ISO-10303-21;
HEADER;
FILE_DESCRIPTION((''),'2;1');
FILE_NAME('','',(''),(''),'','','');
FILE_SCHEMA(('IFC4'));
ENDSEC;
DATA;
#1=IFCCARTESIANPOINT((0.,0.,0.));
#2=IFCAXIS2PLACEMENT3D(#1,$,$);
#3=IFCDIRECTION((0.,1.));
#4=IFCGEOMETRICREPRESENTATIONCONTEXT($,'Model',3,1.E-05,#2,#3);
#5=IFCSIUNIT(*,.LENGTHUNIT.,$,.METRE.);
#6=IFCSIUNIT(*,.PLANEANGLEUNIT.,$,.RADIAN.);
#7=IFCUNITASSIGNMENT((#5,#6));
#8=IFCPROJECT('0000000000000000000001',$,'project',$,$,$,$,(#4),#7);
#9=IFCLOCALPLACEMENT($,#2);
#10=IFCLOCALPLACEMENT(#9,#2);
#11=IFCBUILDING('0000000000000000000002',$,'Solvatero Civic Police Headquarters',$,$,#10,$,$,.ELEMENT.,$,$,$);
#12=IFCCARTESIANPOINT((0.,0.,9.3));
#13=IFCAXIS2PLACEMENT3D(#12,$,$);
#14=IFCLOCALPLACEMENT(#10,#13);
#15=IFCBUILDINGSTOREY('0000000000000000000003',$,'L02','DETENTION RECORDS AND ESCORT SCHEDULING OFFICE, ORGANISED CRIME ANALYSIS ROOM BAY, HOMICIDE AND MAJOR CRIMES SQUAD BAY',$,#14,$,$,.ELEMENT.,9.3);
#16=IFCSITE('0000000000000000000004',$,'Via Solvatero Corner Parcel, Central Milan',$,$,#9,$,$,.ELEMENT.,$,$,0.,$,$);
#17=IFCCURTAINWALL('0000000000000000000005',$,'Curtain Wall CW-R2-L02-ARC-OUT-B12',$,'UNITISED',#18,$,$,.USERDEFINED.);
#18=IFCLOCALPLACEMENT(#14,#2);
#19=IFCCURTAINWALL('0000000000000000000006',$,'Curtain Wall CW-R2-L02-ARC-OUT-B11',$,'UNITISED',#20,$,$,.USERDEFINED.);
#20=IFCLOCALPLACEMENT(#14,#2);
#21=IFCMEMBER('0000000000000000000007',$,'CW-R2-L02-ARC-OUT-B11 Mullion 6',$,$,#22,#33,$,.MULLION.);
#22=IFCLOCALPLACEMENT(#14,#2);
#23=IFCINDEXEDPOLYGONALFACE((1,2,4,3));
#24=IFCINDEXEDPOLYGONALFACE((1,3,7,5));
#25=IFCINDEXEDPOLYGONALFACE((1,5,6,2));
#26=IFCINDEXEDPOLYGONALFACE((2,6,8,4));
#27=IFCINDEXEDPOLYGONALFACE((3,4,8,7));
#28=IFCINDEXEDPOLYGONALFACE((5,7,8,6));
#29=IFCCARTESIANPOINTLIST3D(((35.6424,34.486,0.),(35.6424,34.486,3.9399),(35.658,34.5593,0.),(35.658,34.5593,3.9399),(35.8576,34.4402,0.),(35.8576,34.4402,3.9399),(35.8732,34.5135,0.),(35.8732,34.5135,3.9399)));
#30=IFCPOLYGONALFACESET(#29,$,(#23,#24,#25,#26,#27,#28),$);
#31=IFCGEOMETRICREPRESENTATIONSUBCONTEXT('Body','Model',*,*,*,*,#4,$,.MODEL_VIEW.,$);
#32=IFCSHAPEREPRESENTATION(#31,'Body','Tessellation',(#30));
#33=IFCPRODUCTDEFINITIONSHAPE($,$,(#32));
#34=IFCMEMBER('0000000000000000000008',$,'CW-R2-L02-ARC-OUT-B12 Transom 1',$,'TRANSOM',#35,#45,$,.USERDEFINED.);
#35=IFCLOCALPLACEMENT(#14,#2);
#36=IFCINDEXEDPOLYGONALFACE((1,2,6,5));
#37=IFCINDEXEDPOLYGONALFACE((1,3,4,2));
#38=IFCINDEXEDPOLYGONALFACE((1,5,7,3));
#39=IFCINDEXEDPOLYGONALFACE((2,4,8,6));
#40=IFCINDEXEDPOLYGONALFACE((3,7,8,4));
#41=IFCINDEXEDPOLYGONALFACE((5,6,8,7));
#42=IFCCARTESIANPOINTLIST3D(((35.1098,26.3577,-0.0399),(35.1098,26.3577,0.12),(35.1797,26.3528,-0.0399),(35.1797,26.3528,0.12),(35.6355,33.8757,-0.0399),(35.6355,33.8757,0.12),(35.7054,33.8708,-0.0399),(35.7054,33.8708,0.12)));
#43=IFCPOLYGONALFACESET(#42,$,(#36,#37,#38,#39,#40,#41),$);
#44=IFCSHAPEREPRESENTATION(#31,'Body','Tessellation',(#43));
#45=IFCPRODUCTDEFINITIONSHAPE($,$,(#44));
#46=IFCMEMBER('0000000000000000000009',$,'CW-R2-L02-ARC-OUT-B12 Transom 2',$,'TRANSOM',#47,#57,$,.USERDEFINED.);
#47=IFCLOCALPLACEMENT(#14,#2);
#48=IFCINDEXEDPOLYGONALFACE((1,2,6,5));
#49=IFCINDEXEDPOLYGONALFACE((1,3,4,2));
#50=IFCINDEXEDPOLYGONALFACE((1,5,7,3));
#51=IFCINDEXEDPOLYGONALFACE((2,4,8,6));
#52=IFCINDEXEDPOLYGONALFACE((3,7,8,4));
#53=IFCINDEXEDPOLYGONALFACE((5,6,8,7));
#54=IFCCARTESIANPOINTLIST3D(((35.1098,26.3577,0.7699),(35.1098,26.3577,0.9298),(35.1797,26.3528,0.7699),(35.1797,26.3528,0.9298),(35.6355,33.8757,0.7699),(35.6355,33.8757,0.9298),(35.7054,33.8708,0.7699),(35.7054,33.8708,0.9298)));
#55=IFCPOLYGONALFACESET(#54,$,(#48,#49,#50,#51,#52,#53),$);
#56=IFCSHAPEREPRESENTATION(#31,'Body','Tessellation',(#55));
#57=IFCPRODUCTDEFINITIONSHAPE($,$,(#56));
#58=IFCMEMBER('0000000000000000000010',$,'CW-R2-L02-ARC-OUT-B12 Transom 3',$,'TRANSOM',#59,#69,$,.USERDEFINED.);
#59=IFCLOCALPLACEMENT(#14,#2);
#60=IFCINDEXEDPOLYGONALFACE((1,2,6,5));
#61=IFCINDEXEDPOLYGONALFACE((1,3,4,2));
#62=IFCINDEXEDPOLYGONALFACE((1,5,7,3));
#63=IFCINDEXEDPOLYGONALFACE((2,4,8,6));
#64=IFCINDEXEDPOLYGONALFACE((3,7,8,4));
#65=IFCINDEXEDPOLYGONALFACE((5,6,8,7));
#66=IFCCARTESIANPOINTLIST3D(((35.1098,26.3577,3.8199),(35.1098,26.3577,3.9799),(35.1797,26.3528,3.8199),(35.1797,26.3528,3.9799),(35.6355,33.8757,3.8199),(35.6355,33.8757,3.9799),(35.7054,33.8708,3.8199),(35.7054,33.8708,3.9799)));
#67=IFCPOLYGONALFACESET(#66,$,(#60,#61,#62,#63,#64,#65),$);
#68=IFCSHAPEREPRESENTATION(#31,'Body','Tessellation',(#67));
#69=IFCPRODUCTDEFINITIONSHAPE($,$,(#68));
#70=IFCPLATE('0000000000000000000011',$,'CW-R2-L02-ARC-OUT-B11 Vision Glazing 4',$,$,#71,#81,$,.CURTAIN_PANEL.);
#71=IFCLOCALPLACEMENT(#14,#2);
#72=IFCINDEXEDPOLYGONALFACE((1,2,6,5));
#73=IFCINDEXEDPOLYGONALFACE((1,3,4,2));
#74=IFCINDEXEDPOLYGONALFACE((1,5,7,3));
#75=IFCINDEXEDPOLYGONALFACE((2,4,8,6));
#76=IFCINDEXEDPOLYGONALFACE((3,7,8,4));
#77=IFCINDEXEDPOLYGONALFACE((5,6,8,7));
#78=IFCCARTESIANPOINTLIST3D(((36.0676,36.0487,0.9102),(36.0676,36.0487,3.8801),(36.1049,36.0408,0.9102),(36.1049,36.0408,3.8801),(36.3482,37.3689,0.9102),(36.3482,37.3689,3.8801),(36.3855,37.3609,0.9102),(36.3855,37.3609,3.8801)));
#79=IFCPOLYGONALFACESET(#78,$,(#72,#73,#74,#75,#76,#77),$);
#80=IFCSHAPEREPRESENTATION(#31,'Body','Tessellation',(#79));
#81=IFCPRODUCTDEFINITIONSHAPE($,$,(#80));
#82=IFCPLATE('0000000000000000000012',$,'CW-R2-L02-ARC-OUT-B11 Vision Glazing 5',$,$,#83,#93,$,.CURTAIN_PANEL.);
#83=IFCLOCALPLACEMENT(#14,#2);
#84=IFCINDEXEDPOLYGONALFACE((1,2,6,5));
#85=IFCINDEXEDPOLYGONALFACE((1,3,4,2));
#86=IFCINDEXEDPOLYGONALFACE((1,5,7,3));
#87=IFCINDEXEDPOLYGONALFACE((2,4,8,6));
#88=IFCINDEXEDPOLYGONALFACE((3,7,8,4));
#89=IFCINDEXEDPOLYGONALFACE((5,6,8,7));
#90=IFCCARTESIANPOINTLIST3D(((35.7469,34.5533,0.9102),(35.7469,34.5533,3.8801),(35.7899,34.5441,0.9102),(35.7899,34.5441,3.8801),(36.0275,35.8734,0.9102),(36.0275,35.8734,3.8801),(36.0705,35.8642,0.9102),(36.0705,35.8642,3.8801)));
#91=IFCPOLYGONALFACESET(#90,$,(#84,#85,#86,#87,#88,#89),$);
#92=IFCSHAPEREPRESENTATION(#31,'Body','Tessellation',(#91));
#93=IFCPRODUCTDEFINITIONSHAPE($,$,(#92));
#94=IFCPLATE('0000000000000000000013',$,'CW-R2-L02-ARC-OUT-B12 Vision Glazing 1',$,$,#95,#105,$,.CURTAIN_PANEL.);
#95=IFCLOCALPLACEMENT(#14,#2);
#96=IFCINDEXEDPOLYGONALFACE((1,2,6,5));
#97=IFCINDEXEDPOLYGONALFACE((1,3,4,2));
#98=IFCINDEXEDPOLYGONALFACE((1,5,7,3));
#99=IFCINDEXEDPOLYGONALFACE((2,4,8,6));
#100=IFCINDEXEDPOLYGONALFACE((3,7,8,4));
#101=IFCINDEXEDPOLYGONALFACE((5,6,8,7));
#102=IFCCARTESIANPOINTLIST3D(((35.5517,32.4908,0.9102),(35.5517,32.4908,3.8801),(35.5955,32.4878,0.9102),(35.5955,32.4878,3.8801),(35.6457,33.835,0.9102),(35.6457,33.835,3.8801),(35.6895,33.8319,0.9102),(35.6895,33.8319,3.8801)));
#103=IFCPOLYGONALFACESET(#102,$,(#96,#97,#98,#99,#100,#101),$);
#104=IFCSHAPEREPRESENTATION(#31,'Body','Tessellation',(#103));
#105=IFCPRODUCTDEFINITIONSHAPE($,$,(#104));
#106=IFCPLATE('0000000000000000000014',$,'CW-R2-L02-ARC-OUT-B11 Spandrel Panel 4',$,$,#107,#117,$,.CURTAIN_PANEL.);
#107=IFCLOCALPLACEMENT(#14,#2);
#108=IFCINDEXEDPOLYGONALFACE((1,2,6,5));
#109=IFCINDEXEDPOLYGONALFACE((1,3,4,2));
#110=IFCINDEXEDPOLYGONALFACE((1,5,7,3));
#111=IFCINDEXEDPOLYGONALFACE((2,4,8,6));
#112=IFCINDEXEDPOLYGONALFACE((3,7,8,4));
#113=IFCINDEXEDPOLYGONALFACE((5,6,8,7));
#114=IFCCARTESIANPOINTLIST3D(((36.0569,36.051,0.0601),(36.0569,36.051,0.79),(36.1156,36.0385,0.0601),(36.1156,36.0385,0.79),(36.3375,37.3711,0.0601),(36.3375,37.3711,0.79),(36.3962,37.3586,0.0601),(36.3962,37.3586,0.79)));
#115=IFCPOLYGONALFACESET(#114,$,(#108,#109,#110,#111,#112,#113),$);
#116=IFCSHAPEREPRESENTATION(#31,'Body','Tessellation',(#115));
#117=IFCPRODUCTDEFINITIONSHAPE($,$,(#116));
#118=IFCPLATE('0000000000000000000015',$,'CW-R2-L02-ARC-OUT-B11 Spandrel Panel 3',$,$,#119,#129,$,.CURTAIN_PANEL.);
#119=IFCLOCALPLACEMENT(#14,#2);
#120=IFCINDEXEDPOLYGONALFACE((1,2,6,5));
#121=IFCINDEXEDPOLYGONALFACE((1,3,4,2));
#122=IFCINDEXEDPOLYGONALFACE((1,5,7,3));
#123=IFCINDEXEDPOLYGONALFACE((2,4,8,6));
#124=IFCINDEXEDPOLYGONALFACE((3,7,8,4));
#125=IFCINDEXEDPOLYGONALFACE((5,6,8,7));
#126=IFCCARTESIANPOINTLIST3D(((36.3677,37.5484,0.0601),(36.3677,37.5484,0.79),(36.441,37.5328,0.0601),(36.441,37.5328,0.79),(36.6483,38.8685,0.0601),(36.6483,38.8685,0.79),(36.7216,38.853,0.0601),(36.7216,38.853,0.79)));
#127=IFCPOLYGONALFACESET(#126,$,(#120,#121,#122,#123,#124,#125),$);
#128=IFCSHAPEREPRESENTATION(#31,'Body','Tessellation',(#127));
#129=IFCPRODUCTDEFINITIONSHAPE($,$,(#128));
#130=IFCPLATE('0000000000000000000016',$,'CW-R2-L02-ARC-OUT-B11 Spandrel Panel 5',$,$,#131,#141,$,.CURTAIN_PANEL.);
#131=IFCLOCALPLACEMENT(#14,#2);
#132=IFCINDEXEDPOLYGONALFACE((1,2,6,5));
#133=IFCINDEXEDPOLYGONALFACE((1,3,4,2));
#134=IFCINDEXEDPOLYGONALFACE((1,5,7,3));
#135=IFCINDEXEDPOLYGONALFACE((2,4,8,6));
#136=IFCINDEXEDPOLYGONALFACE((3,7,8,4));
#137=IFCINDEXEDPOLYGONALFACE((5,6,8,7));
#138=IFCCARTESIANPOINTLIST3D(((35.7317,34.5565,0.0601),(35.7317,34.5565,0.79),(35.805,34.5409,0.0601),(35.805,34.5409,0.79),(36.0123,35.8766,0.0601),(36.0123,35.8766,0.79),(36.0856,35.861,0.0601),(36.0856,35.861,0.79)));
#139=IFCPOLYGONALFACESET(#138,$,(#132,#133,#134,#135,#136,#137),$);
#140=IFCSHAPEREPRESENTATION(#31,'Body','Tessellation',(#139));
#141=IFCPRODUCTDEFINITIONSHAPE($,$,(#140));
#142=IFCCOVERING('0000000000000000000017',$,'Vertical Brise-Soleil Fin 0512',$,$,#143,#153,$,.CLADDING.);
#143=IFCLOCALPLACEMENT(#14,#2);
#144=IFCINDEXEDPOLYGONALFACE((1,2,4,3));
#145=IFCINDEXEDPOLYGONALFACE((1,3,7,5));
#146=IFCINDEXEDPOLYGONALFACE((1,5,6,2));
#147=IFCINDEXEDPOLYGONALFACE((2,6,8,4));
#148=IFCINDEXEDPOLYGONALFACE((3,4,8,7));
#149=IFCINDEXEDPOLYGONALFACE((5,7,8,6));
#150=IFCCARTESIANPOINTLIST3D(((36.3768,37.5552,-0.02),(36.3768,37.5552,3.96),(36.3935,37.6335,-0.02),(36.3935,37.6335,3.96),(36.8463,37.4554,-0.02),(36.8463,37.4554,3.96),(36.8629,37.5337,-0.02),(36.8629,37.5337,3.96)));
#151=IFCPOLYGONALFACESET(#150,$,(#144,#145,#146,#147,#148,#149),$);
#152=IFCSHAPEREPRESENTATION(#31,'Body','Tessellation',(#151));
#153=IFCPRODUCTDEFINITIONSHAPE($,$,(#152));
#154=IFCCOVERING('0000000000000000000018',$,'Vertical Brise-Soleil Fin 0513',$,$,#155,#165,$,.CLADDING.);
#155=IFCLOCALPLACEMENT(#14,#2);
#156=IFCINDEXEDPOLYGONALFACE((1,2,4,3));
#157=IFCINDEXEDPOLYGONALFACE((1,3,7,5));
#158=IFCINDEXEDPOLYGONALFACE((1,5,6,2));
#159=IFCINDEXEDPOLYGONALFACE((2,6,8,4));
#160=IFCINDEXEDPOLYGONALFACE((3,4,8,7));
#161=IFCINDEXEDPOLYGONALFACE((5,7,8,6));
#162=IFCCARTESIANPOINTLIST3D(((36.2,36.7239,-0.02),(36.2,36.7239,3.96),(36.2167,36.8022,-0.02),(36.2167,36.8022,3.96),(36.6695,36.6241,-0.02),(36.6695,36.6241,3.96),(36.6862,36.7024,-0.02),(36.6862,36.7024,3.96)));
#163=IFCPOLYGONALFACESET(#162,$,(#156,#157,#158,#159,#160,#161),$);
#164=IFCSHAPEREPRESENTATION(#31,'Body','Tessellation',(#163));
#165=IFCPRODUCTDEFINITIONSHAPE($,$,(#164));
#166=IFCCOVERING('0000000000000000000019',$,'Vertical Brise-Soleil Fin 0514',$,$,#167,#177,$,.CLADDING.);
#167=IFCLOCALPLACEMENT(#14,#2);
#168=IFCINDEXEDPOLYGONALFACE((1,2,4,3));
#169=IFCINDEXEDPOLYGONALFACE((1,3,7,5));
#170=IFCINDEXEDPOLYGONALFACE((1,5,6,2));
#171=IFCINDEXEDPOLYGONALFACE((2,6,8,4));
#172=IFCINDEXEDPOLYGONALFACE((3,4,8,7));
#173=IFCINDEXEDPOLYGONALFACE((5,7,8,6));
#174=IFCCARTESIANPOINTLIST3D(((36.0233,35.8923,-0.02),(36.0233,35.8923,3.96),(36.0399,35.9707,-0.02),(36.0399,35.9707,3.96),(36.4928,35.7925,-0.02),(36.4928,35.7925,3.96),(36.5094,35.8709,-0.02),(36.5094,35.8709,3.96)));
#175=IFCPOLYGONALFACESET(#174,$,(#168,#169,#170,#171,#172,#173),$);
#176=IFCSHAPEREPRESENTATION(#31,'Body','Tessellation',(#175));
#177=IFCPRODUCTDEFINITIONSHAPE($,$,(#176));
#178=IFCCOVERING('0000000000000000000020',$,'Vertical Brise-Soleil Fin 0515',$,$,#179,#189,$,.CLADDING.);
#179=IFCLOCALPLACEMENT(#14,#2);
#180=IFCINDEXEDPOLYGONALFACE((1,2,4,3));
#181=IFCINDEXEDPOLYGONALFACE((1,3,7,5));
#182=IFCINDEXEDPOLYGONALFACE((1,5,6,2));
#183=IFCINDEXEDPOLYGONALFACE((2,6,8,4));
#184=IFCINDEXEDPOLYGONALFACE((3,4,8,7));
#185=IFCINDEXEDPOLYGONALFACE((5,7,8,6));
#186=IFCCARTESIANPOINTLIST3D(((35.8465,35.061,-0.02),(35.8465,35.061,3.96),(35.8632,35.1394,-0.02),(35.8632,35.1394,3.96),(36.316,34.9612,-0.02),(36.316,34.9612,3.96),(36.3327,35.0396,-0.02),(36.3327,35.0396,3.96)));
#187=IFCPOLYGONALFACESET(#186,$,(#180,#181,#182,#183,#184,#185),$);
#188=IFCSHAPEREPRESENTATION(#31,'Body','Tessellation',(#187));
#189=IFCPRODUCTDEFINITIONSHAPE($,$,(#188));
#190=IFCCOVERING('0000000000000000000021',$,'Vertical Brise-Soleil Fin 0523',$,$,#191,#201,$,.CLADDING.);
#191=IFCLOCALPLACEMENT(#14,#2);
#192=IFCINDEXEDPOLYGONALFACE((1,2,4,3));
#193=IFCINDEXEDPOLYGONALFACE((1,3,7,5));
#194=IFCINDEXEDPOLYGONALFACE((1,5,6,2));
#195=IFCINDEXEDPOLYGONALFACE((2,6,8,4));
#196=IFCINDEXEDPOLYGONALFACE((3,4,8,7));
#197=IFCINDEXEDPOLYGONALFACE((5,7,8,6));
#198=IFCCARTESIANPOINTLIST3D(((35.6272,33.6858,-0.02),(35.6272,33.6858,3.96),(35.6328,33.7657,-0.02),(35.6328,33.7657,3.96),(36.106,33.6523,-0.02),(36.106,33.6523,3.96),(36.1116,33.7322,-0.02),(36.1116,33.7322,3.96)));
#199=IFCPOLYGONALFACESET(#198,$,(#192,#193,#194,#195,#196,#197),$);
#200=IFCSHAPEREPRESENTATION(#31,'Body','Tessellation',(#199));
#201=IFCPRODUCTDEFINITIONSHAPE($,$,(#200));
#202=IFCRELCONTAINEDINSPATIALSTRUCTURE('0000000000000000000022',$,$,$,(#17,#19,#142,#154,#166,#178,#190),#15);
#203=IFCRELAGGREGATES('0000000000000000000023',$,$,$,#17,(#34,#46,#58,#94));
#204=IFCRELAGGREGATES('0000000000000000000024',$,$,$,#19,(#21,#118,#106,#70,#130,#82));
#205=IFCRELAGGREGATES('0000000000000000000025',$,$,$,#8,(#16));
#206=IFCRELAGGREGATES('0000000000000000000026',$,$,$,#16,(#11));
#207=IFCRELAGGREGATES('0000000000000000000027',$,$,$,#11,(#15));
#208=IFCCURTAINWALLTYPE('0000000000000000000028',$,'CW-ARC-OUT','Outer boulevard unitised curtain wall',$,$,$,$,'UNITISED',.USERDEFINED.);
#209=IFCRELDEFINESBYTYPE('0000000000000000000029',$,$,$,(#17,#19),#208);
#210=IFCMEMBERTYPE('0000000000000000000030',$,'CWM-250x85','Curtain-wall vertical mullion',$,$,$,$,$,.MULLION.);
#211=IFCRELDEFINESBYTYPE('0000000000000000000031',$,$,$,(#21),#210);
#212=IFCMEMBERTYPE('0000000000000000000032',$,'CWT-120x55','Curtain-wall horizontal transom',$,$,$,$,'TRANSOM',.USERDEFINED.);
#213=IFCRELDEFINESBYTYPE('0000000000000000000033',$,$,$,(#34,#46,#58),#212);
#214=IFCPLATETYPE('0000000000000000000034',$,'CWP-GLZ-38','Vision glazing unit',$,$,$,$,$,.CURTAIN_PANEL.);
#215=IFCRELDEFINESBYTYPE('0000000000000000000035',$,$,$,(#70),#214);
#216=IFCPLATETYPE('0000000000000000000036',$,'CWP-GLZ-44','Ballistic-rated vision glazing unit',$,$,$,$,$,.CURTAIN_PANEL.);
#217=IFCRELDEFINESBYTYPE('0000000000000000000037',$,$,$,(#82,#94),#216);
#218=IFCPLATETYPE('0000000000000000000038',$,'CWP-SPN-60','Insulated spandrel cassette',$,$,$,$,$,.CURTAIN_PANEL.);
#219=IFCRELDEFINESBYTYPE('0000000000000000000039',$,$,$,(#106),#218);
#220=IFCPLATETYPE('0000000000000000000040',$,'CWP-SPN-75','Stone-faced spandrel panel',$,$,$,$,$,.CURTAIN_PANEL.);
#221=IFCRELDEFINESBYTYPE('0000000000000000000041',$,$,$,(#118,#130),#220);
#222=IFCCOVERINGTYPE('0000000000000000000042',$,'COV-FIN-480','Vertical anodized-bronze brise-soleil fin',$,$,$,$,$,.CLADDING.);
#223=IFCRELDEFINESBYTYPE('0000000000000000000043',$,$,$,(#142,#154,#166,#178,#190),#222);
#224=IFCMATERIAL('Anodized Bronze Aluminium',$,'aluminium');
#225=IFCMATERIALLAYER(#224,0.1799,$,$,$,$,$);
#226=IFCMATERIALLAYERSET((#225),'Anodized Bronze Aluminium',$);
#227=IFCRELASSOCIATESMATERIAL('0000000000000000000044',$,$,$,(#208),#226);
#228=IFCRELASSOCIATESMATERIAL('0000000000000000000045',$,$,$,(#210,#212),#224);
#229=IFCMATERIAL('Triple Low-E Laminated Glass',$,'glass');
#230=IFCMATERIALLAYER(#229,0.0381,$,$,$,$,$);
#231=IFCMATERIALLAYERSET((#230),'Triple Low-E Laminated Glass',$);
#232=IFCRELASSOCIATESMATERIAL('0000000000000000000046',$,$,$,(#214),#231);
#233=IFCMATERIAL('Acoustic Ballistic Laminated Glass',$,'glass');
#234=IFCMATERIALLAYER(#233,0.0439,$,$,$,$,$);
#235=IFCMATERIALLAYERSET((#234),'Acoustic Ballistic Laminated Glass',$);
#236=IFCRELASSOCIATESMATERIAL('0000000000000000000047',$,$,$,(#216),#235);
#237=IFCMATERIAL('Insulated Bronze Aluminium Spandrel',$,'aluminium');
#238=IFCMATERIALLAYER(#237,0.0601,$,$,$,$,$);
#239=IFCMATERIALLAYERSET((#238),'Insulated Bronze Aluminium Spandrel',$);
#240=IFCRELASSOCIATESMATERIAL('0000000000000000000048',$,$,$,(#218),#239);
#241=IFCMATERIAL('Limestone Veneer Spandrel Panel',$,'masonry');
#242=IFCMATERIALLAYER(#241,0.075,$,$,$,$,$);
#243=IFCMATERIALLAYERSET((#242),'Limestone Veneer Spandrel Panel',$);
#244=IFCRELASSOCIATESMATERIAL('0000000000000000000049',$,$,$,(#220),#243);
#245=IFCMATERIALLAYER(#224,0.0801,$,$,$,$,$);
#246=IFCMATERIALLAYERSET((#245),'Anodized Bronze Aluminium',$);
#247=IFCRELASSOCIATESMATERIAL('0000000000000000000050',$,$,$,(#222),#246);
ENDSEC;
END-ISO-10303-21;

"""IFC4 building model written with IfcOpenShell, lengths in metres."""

from ifc_helpers import new_model, si_unit, direction, frame, origin, origin_2d, place, context, subcontext, project, spatial, rectangle, extrude, material, layer, layer_set, material_profile, profile_set, type_object, element, aggregate, save


model = new_model("IFC4")

# Units and contexts
model_context = context("Model", 3, precision=1e-05, world=origin(), true_north=direction((0.0, 1.0)))
body_context = subcontext(model_context, "Body", "Model", "MODEL_VIEW")
ifc_project = project(units=[si_unit("LENGTHUNIT", "METRE"), si_unit("PLANEANGLEUNIT", "RADIAN")], contexts=[model_context])

# Site, building, storey
site_placement = place(None, origin())
site = spatial("IfcSite", under=ifc_project, at=site_placement, Name="Via Solvatero Corner Parcel, Central Milan", CompositionType="ELEMENT", RefElevation=0.0)
building_placement = place(site_placement, origin())
building = spatial("IfcBuilding", under=site, at=building_placement, Name="Solvatero Civic Police Headquarters", CompositionType="ELEMENT")
storey_placement = place(building_placement, frame((0.0, 0.0, 9.3)))
storey = spatial("IfcBuildingStorey", under=building, at=storey_placement, Name="L02", Description="DETENTION RECORDS AND ESCORT SCHEDULING OFFICE, ORGANISED CRIME ANALYSIS ROOM BAY, HOMICIDE AND MAJOR CRIMES SQUAD BAY", CompositionType="ELEMENT", Elevation=9.3)

# Curtain wall
ifc_material_1 = material(Name="Anodized Bronze Aluminium", Category="aluminium")
ifc_layer_1 = layer(ifc_material_1, 0.1799)
ifc_layer_set_1 = layer_set([ifc_layer_1], Name="Anodized Bronze Aluminium")
curtain_wall_type = type_object("IfcCurtainWallType", Name="CW-ARC-OUT", Description="Outer boulevard unitised curtain wall", ElementType="UNITISED", PredefinedType="USERDEFINED", material=ifc_layer_set_1)
curtain_wall_1_placement = place(storey_placement, origin())
curtain_wall_1 = element("IfcCurtainWall", 1, at=curtain_wall_1_placement, inside=storey, type_object=curtain_wall_type, Name="Curtain Wall CW-R2-L02-ARC-OUT-B12", ObjectType="UNITISED", PredefinedType="USERDEFINED")

# Curtain wall, member
curtain_wall_2_placement = place(storey_placement, origin())
curtain_wall_2 = element("IfcCurtainWall", 2, at=curtain_wall_2_placement, inside=storey, type_object=curtain_wall_type, Name="Curtain Wall CW-R2-L02-ARC-OUT-B11", ObjectType="UNITISED", PredefinedType="USERDEFINED")
ifc_material_profile_1 = material_profile(ifc_material_1, rectangle(XDim=0.075, YDim=0.22, at=origin_2d()), Name="ALU MULLION 75x220")
ifc_profile_set_1 = profile_set([ifc_material_profile_1], Name="Anodized Bronze Aluminium")
member_type_1 = type_object("IfcMemberType", Name="CWM-250x85", Description="Curtain-wall vertical mullion", PredefinedType="MULLION", material=ifc_profile_set_1)
member_1_placement = place(storey_placement, frame((35.7578, 34.4998, 0.0), z_axis=(0.0, 0.0, 1.0), x_axis=(-0.207912, -0.978148, 0.0)))
member_1 = element("IfcMember", 3, at=member_1_placement, type_object=member_type_1, Name="CW-R2-L02-ARC-OUT-B11 Mullion 6", PredefinedType="MULLION", context=body_context, shape_type="SweptSolid", body=[
    extrude(rectangle(XDim=0.075, YDim=0.22, at=origin_2d()), origin(), (0.0, 0.0, 1.0), 3.9399),
])

# Members
ifc_material_profile_2 = material_profile(ifc_material_1, rectangle(XDim=0.0701, YDim=0.1599, at=origin_2d()), Name="ALU TRANSOM 70x160")
ifc_profile_set_2 = profile_set([ifc_material_profile_2], Name="Anodized Bronze Aluminium")
member_type_2 = type_object("IfcMemberType", Name="CWT-120x55", Description="Curtain-wall horizontal transom", ElementType="TRANSOM", PredefinedType="USERDEFINED", material=ifc_profile_set_2)
member_2_placement = place(storey_placement, frame((35.6704, 33.8733, 0.04), z_axis=(-0.069746, -0.997565, 0.0), x_axis=(0.997565, -0.069746, 0.0)))
member_2 = element("IfcMember", 4, at=member_2_placement, type_object=member_type_2, Name="CW-R2-L02-ARC-OUT-B12 Transom 1", ObjectType="TRANSOM", PredefinedType="USERDEFINED", context=body_context, shape_type="SweptSolid", body=[
    extrude(rectangle(XDim=0.0701, YDim=0.1599, at=origin_2d()), origin(), (0.0, 0.0, 1.0), 7.5364),
])
member_3_placement = place(storey_placement, frame((35.6704, 33.8733, 0.8499), z_axis=(-0.069746, -0.997565, 0.0), x_axis=(0.997565, -0.069746, 0.0)))
member_3 = element("IfcMember", 5, at=member_3_placement, type_object=member_type_2, Name="CW-R2-L02-ARC-OUT-B12 Transom 2", ObjectType="TRANSOM", PredefinedType="USERDEFINED", context=body_context, shape_type="SweptSolid", body=[
    extrude(rectangle(XDim=0.0701, YDim=0.1599, at=origin_2d()), origin(), (0.0, 0.0, 1.0), 7.5364),
])
member_4_placement = place(storey_placement, frame((35.6704, 33.8733, 3.8999), z_axis=(-0.069746, -0.997565, 0.0), x_axis=(0.997565, -0.069746, 0.0)))
member_4 = element("IfcMember", 6, at=member_4_placement, type_object=member_type_2, Name="CW-R2-L02-ARC-OUT-B12 Transom 3", ObjectType="TRANSOM", PredefinedType="USERDEFINED", context=body_context, shape_type="SweptSolid", body=[
    extrude(rectangle(XDim=0.0701, YDim=0.1599, at=origin_2d()), origin(), (0.0, 0.0, 1.0), 7.5364),
])

# Plates
ifc_material_2 = material(Name="Triple Low-E Laminated Glass", Category="glass")
ifc_layer_2 = layer(ifc_material_2, 0.0381)
ifc_layer_set_2 = layer_set([ifc_layer_2], Name="Triple Low-E Laminated Glass")
plate_type_1 = type_object("IfcPlateType", Name="CWP-GLZ-38", Description="Vision glazing unit", PredefinedType="CURTAIN_PANEL", material=ifc_layer_set_2)
plate_1_placement = place(storey_placement, frame((36.2266, 36.7048, 0.9102), z_axis=(0.0, 0.0, 1.0), x_axis=(-0.207912, -0.978148, 0.0)))
plate_1 = element("IfcPlate", 7, at=plate_1_placement, type_object=plate_type_1, Name="CW-R2-L02-ARC-OUT-B11 Vision Glazing 4", PredefinedType="CURTAIN_PANEL", context=body_context, shape_type="SweptSolid", body=[
    extrude(rectangle(XDim=1.3496, YDim=0.0381, at=origin_2d()), origin(), (0.0, 0.0, 1.0), 2.97),
])
ifc_material_3 = material(Name="Acoustic Ballistic Laminated Glass", Category="glass")
ifc_layer_3 = layer(ifc_material_3, 0.0439)
ifc_layer_set_3 = layer_set([ifc_layer_3], Name="Acoustic Ballistic Laminated Glass")
plate_type_2 = type_object("IfcPlateType", Name="CWP-GLZ-44", Description="Ballistic-rated vision glazing unit", PredefinedType="CURTAIN_PANEL", material=ifc_layer_set_3)
plate_2_placement = place(storey_placement, frame((35.9087, 35.2087, 0.9102), z_axis=(0.0, 0.0, 1.0), x_axis=(-0.207912, -0.978148, 0.0)))
plate_2 = element("IfcPlate", 8, at=plate_2_placement, type_object=plate_type_2, Name="CW-R2-L02-ARC-OUT-B11 Vision Glazing 5", PredefinedType="CURTAIN_PANEL", context=body_context, shape_type="SweptSolid", body=[
    extrude(rectangle(XDim=1.3496, YDim=0.0439, at=origin_2d()), origin(), (0.0, 0.0, 1.0), 2.97),
])
plate_3_placement = place(storey_placement, frame((35.6206, 33.1614, 0.9102), z_axis=(0.0, 0.0, 1.0), x_axis=(-0.069756, -0.997564, 0.0)))
plate_3 = element("IfcPlate", 9, at=plate_3_placement, type_object=plate_type_2, Name="CW-R2-L02-ARC-OUT-B12 Vision Glazing 1", PredefinedType="CURTAIN_PANEL", context=body_context, shape_type="SweptSolid", body=[
    extrude(rectangle(XDim=1.3474, YDim=0.0439, at=origin_2d()), origin(), (0.0, 0.0, 1.0), 2.97),
])
aggregate(curtain_wall_1, [member_2, member_3, member_4, plate_3])
ifc_material_4 = material(Name="Insulated Bronze Aluminium Spandrel", Category="aluminium")
ifc_layer_4 = layer(ifc_material_4, 0.0601)
ifc_layer_set_4 = layer_set([ifc_layer_4], Name="Insulated Bronze Aluminium Spandrel")
plate_type_3 = type_object("IfcPlateType", Name="CWP-SPN-60", Description="Insulated spandrel cassette", PredefinedType="CURTAIN_PANEL", material=ifc_layer_set_4)
plate_4_placement = place(storey_placement, frame((36.2266, 36.7048, 0.0601), z_axis=(0.0, 0.0, 1.0), x_axis=(-0.207912, -0.978148, 0.0)))
plate_4 = element("IfcPlate", 10, at=plate_4_placement, type_object=plate_type_3, Name="CW-R2-L02-ARC-OUT-B11 Spandrel Panel 4", PredefinedType="CURTAIN_PANEL", context=body_context, shape_type="SweptSolid", body=[
    extrude(rectangle(XDim=1.3496, YDim=0.0601, at=origin_2d()), origin(), (0.0, 0.0, 1.0), 0.73),
])
ifc_material_5 = material(Name="Limestone Veneer Spandrel Panel", Category="masonry")
ifc_layer_5 = layer(ifc_material_5, 0.075)
ifc_layer_set_5 = layer_set([ifc_layer_5], Name="Limestone Veneer Spandrel Panel")
plate_type_4 = type_object("IfcPlateType", Name="CWP-SPN-75", Description="Stone-faced spandrel panel", PredefinedType="CURTAIN_PANEL", material=ifc_layer_set_5)
plate_5_placement = place(storey_placement, frame((36.5447, 38.2007, 0.0601), z_axis=(0.0, 0.0, 1.0), x_axis=(-0.207912, -0.978148, 0.0)))
plate_5 = element("IfcPlate", 11, at=plate_5_placement, type_object=plate_type_4, Name="CW-R2-L02-ARC-OUT-B11 Spandrel Panel 3", PredefinedType="CURTAIN_PANEL", context=body_context, shape_type="SweptSolid", body=[
    extrude(rectangle(XDim=1.3496, YDim=0.075, at=origin_2d()), origin(), (0.0, 0.0, 1.0), 0.73),
])
plate_6_placement = place(storey_placement, frame((35.9087, 35.2087, 0.0601), z_axis=(0.0, 0.0, 1.0), x_axis=(-0.207912, -0.978148, 0.0)))
plate_6 = element("IfcPlate", 12, at=plate_6_placement, type_object=plate_type_4, Name="CW-R2-L02-ARC-OUT-B11 Spandrel Panel 5", PredefinedType="CURTAIN_PANEL", context=body_context, shape_type="SweptSolid", body=[
    extrude(rectangle(XDim=1.3496, YDim=0.075, at=origin_2d()), origin(), (0.0, 0.0, 1.0), 0.73),
])
aggregate(curtain_wall_2, [member_1, plate_5, plate_4, plate_1, plate_6, plate_2])

# Coverings
ifc_layer_6 = layer(ifc_material_1, 0.0801)
ifc_layer_set_6 = layer_set([ifc_layer_6], Name="Anodized Bronze Aluminium")
covering_type = type_object("IfcCoveringType", Name="COV-FIN-480", Description="Vertical anodized-bronze brise-soleil fin", PredefinedType="CLADDING", material=ifc_layer_set_6)
for number, where, z_axis, x_axis, name in (
    (13, (36.6199, 37.5444, -0.02), (0.0, 0.0, 1.0), (-0.207912, -0.978148, 0.0), "Vertical Brise-Soleil Fin 0512"),
    (14, (36.4431, 36.7131, -0.02), (0.0, 0.0, 1.0), (-0.207912, -0.978148, 0.0), "Vertical Brise-Soleil Fin 0513"),
    (15, (36.2664, 35.8816, -0.02), (0.0, 0.0, 1.0), (-0.207912, -0.978148, 0.0), "Vertical Brise-Soleil Fin 0514"),
    (16, (36.0896, 35.0503, -0.02), (0.0, 0.0, 1.0), (-0.207912, -0.978148, 0.0), "Vertical Brise-Soleil Fin 0515"),
    (17, (35.8694, 33.709, -0.02), (0.0, 0.0, 1.0), (-0.069756, -0.997564, 0.0), "Vertical Brise-Soleil Fin 0523"),
):
    element("IfcCovering", number, at=place(storey_placement, frame(where, z_axis=z_axis, x_axis=x_axis)), inside=storey, type_object=covering_type, Name=name, PredefinedType="CLADDING", context=body_context, shape_type="SweptSolid", body=[
        extrude(rectangle(XDim=0.0801, YDim=0.48, at=origin_2d()), origin(), (0.0, 0.0, 1.0), 3.98),
    ])

save(model, "model.ifc")
